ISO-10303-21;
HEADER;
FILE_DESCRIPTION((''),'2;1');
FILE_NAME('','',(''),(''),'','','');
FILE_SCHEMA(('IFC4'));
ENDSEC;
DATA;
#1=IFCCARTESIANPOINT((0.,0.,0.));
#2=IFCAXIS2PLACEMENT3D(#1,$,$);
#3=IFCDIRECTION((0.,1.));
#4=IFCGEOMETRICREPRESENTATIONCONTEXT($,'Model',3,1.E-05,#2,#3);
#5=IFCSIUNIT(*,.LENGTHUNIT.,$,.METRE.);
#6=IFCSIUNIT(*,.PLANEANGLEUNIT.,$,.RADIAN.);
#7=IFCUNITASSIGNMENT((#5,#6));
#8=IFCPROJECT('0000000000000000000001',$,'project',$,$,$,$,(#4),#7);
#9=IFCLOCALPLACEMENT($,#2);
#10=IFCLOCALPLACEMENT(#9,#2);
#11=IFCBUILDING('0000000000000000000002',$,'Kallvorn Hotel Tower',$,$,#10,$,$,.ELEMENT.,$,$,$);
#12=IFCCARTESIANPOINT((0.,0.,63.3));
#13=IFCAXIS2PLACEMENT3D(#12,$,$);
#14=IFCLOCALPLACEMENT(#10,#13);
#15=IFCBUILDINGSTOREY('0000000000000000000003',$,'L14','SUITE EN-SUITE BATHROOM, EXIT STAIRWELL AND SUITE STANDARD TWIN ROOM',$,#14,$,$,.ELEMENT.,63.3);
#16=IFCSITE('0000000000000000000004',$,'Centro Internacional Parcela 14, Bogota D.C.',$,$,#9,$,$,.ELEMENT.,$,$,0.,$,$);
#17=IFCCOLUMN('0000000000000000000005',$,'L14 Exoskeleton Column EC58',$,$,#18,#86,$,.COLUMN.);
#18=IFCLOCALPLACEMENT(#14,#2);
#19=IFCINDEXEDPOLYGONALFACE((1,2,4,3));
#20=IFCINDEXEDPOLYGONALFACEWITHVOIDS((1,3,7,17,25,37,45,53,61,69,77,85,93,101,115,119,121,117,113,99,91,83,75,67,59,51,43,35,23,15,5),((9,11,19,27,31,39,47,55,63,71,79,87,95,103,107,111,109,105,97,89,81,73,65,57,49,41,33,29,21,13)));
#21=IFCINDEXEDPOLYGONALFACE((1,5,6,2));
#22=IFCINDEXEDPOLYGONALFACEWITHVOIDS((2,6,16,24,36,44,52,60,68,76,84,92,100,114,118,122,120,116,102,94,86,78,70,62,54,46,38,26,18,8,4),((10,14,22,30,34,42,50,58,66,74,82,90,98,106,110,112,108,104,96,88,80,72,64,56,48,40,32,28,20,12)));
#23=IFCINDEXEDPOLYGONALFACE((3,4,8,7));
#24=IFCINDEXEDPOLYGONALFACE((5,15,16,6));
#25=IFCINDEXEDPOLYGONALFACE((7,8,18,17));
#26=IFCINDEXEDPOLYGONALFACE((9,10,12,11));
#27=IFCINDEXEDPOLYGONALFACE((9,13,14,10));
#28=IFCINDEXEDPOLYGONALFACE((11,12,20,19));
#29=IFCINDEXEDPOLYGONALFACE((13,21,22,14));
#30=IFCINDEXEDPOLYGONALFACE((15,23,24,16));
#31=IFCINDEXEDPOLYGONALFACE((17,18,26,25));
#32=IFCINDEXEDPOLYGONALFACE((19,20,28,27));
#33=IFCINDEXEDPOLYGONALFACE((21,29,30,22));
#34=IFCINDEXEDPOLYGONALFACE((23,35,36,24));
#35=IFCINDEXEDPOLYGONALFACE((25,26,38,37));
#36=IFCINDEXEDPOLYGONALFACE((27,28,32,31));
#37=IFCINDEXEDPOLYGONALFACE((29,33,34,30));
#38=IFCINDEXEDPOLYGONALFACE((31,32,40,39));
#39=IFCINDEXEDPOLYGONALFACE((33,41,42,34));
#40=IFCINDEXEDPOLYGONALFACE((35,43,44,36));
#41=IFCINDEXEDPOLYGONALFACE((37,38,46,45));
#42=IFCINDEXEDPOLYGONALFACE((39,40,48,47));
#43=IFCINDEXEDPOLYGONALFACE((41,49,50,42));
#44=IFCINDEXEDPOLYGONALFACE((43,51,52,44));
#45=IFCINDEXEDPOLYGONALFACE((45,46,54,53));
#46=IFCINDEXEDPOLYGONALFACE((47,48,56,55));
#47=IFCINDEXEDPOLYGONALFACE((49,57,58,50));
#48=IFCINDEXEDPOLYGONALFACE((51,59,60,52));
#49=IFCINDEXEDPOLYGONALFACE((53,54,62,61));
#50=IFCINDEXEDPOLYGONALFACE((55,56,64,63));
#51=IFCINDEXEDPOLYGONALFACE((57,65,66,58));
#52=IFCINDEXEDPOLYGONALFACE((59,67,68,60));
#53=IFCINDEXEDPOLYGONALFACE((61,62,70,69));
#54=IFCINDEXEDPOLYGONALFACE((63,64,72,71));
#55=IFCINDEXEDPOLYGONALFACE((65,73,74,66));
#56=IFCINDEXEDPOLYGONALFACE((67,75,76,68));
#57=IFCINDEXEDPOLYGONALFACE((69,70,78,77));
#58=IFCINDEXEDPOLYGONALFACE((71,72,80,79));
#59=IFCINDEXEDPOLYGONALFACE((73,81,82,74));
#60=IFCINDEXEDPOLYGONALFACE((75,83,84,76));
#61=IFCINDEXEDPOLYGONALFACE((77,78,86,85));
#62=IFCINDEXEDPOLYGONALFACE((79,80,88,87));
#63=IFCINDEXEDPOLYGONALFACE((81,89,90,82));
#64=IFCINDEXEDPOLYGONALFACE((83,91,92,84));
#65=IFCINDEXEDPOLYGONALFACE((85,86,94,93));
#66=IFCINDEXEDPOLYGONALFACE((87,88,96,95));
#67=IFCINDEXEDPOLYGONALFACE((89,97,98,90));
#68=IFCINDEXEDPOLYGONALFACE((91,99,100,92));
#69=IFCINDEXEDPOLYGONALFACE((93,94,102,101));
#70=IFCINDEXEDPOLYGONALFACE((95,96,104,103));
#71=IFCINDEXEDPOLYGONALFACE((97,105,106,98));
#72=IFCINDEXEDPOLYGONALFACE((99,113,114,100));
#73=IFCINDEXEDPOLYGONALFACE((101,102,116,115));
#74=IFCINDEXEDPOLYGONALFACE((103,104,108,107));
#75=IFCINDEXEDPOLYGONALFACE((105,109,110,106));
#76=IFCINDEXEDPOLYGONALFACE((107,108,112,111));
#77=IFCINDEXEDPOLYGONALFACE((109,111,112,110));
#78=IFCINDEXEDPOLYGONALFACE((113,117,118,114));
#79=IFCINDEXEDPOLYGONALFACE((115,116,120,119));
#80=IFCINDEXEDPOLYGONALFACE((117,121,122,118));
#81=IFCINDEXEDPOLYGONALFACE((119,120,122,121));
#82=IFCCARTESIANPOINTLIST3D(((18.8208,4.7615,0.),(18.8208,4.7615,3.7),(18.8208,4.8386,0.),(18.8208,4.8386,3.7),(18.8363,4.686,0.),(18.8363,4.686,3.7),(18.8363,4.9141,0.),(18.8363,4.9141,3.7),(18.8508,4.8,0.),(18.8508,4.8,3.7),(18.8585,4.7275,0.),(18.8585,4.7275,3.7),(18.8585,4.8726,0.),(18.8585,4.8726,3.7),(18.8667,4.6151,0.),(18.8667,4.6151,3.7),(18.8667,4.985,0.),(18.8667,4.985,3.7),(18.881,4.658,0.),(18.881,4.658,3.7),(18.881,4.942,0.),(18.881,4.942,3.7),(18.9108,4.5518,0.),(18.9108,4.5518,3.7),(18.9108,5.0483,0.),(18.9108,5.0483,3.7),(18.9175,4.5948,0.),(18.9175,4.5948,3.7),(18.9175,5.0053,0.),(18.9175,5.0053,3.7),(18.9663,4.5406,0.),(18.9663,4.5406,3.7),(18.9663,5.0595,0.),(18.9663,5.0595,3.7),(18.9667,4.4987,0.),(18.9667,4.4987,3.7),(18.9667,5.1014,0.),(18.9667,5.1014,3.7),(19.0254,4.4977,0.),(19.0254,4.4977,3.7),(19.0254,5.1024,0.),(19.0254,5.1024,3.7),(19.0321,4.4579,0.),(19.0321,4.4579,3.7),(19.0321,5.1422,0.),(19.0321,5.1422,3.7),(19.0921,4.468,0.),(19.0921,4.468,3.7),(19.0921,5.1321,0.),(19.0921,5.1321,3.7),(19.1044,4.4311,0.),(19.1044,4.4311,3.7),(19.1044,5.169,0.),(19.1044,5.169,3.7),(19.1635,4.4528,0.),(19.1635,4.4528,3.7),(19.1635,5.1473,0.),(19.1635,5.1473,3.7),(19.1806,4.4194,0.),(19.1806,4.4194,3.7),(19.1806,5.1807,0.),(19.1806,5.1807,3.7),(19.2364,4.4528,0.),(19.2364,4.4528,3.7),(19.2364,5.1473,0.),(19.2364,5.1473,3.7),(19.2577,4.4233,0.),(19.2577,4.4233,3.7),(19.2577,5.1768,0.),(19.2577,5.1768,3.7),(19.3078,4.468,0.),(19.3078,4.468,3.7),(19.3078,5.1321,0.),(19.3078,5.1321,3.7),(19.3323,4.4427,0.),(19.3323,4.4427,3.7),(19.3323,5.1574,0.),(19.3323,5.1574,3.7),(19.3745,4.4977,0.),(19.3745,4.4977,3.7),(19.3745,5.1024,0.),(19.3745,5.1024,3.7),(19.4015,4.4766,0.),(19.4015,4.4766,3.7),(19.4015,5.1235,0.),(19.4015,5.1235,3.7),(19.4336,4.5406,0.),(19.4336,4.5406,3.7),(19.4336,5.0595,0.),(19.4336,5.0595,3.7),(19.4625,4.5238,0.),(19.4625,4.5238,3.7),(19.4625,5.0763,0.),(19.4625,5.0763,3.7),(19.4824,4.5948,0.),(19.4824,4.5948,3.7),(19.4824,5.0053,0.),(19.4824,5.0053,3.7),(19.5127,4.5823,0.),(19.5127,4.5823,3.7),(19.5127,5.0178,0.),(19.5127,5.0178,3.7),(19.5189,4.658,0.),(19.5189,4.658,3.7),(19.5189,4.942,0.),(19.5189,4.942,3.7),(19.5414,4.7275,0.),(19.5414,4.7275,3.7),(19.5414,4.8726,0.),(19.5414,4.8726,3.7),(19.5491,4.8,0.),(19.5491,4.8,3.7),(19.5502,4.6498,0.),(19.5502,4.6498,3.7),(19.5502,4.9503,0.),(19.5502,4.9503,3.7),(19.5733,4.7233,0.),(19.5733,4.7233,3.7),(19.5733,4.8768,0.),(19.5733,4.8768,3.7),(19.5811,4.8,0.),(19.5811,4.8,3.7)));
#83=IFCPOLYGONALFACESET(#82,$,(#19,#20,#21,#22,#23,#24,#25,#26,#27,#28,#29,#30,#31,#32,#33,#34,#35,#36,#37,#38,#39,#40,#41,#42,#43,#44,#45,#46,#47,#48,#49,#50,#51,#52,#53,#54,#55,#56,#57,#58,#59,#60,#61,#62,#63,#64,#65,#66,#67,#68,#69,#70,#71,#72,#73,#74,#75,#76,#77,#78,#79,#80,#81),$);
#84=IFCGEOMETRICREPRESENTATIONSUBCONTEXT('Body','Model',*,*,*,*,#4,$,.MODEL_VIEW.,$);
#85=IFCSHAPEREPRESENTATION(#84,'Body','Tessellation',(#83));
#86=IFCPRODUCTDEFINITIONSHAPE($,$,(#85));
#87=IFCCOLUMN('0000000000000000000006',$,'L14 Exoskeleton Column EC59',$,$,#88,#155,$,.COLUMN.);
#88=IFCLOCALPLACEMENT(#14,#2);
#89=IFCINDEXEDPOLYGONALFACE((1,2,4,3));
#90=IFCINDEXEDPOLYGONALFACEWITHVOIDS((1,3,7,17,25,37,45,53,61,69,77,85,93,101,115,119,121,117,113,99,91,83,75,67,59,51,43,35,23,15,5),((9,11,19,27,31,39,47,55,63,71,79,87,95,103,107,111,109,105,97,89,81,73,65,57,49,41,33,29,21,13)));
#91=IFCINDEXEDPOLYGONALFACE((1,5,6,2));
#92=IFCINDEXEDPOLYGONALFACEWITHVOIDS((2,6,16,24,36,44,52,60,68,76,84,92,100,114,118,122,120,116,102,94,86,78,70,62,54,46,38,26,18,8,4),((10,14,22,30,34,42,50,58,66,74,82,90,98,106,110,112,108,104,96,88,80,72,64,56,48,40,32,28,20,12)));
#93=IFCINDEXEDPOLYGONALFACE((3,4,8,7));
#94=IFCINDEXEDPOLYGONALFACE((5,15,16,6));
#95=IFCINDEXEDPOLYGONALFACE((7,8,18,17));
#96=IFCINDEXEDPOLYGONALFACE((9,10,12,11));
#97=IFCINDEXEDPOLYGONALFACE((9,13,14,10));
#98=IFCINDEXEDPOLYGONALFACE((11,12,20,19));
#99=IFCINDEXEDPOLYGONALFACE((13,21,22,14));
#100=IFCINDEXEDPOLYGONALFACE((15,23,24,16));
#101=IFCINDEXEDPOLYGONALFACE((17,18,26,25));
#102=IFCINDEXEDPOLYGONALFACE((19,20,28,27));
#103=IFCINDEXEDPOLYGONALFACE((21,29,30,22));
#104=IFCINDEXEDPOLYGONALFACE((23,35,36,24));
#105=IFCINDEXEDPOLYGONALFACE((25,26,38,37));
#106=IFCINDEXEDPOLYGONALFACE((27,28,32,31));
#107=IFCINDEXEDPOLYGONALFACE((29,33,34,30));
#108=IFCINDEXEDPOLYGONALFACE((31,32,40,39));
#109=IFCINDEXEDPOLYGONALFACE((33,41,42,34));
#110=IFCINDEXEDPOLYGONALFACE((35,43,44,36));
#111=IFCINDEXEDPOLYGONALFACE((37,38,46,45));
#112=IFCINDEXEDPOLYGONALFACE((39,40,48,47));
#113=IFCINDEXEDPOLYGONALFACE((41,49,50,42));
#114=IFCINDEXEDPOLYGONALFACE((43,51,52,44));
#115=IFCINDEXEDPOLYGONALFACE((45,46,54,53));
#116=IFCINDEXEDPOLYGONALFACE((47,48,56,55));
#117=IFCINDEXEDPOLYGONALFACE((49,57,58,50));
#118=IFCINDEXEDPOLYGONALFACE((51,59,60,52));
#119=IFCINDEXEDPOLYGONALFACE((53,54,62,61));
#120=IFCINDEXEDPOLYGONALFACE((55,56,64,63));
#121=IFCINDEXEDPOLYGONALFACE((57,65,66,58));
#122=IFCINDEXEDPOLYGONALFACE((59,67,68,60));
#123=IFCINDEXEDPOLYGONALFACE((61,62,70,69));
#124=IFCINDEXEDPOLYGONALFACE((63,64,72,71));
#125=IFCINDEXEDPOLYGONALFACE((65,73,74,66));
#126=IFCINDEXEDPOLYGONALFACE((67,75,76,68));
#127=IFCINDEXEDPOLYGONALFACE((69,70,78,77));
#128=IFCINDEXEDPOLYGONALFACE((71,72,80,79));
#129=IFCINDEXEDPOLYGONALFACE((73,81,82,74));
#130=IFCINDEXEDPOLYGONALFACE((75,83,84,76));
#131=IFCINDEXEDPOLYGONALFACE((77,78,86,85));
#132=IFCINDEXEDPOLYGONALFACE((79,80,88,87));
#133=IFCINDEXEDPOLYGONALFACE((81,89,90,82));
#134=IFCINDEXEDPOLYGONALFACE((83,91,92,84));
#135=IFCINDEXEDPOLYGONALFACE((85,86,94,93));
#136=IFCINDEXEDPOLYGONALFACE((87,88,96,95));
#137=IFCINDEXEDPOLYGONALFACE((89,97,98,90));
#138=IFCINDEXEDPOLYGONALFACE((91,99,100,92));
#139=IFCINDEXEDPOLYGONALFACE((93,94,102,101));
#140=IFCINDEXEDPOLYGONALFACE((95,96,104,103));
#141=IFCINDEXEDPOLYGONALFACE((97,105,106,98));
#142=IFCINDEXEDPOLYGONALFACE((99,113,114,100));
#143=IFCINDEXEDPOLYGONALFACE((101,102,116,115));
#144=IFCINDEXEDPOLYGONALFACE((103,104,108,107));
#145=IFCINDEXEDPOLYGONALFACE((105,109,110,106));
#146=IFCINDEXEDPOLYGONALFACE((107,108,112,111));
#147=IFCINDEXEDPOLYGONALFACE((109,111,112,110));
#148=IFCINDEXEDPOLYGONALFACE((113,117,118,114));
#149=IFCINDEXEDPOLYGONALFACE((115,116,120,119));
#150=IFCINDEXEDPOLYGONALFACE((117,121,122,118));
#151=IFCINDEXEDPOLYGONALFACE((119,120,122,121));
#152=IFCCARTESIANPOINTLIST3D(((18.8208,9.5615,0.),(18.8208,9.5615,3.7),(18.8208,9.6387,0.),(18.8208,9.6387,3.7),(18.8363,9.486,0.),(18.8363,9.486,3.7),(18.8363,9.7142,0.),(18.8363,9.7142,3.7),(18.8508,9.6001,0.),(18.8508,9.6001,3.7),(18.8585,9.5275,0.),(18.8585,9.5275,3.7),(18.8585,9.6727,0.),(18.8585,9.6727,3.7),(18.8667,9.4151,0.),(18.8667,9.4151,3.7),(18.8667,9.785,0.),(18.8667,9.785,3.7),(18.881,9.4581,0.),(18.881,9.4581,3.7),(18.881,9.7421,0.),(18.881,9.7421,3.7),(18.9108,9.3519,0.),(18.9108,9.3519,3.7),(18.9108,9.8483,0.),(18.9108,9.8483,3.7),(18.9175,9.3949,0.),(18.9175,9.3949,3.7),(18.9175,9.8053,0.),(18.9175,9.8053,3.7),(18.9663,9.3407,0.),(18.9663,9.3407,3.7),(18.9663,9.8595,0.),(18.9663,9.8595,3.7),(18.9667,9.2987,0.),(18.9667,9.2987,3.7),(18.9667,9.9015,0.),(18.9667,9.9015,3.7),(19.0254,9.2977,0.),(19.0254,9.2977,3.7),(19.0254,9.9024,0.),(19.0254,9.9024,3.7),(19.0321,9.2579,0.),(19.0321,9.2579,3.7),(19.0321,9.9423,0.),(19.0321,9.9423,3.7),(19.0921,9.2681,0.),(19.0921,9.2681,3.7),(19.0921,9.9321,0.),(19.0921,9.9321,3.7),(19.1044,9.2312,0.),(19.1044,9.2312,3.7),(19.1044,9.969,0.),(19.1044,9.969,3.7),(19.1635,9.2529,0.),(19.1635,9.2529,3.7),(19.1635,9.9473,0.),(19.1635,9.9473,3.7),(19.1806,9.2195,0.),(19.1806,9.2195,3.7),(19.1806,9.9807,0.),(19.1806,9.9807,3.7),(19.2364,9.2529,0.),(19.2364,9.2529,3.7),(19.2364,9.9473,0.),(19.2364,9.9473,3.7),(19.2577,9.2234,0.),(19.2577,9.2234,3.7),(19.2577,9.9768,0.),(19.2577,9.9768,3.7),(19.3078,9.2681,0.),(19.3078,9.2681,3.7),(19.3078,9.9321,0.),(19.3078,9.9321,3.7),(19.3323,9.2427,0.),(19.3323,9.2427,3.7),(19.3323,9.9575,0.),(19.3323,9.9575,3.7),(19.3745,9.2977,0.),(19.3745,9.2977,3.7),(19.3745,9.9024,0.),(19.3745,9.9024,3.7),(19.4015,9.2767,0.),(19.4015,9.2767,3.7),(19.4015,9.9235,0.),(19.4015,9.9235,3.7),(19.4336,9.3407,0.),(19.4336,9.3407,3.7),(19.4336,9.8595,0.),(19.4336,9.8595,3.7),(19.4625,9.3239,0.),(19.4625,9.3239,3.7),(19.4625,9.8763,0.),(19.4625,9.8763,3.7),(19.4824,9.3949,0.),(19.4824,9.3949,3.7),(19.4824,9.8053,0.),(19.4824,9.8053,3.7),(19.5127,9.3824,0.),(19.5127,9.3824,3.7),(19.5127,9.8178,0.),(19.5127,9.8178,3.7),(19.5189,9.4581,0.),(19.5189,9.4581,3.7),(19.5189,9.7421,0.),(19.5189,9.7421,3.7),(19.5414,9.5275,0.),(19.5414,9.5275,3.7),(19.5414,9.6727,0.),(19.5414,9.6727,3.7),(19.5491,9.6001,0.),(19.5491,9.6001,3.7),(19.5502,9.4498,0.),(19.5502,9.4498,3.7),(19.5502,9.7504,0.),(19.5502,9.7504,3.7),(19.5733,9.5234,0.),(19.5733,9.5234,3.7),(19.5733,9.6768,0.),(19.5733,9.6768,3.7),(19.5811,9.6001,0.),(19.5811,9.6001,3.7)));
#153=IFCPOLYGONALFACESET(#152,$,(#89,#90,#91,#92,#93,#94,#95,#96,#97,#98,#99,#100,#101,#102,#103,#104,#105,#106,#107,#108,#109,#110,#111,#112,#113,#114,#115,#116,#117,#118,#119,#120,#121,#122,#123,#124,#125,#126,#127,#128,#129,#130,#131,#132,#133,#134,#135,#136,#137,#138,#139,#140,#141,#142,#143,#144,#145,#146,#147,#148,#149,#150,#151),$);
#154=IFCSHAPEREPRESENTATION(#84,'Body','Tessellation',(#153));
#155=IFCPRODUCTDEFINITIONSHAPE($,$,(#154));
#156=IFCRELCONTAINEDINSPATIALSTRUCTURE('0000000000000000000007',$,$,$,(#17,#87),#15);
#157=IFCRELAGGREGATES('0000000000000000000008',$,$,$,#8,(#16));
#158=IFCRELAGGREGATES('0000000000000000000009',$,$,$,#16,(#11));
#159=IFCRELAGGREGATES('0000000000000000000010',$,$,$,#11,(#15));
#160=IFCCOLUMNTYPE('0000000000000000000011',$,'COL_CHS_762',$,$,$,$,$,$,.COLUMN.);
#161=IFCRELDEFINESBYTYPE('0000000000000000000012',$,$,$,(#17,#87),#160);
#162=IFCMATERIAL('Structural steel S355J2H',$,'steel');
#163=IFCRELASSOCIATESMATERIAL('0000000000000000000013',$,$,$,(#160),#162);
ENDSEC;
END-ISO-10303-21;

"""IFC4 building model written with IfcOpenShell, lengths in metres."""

from ifc_helpers import new_model, si_unit, direction, frame, origin, origin_2d, place, context, subcontext, project, spatial, hollow_circle, extrude, material, material_profile, profile_set, type_object, element, save


model = new_model("IFC4")

# Units and contexts
model_context = context("Model", 3, precision=1e-05, world=origin(), true_north=direction((0.0, 1.0)))
body_context = subcontext(model_context, "Body", "Model", "MODEL_VIEW")
ifc_project = project(units=[si_unit("LENGTHUNIT", "METRE"), si_unit("PLANEANGLEUNIT", "RADIAN")], contexts=[model_context])

# Site, building, storey
site_placement = place(None, origin())
site = spatial("IfcSite", under=ifc_project, at=site_placement, Name="Centro Internacional Parcela 14, Bogota D.C.", CompositionType="ELEMENT", RefElevation=0.0)
building_placement = place(site_placement, origin())
building = spatial("IfcBuilding", under=site, at=building_placement, Name="Kallvorn Hotel Tower", CompositionType="ELEMENT")
storey_placement = place(building_placement, frame((0.0, 0.0, 63.3)))
storey = spatial("IfcBuildingStorey", under=building, at=storey_placement, Name="L14", Description="SUITE EN-SUITE BATHROOM, EXIT STAIRWELL AND SUITE STANDARD TWIN ROOM", CompositionType="ELEMENT", Elevation=63.3)

# Columns
ifc_material_1 = material(Name="Structural steel S355J2H", Category="steel")
ifc_material_profile_1 = material_profile(ifc_material_1, hollow_circle(Radius=0.3811, WallThickness=0.032, at=origin_2d()), Name="CHS 762x32")
ifc_profile_set_1 = profile_set([ifc_material_profile_1], Name="Structural steel S355J2H")
column_type_1 = type_object("IfcColumnType", Name="COL_CHS_762", PredefinedType="COLUMN", material=ifc_profile_set_1)
for number, where, z_axis, x_axis, name in (
    (1, (19.2, 4.8, 0.0), (0.0, 0.0, 1.0), (1.0, 0.0, 0.0), "L14 Exoskeleton Column EC58"),
    (2, (19.2, 9.6001, 0.0), (0.0, 0.0, 1.0), (1.0, 0.0, 0.0), "L14 Exoskeleton Column EC59"),
):
    element("IfcColumn", number, at=place(storey_placement, frame(where, z_axis=z_axis, x_axis=x_axis)), inside=storey, type_object=column_type_1, Name=name, PredefinedType="COLUMN", context=body_context, shape_type="SweptSolid", body=[
        extrude(hollow_circle(Radius=0.3811, WallThickness=0.032, at=origin_2d()), origin(), (0.0, 0.0, 1.0), 3.7),
    ])

save(model, "model.ifc")
